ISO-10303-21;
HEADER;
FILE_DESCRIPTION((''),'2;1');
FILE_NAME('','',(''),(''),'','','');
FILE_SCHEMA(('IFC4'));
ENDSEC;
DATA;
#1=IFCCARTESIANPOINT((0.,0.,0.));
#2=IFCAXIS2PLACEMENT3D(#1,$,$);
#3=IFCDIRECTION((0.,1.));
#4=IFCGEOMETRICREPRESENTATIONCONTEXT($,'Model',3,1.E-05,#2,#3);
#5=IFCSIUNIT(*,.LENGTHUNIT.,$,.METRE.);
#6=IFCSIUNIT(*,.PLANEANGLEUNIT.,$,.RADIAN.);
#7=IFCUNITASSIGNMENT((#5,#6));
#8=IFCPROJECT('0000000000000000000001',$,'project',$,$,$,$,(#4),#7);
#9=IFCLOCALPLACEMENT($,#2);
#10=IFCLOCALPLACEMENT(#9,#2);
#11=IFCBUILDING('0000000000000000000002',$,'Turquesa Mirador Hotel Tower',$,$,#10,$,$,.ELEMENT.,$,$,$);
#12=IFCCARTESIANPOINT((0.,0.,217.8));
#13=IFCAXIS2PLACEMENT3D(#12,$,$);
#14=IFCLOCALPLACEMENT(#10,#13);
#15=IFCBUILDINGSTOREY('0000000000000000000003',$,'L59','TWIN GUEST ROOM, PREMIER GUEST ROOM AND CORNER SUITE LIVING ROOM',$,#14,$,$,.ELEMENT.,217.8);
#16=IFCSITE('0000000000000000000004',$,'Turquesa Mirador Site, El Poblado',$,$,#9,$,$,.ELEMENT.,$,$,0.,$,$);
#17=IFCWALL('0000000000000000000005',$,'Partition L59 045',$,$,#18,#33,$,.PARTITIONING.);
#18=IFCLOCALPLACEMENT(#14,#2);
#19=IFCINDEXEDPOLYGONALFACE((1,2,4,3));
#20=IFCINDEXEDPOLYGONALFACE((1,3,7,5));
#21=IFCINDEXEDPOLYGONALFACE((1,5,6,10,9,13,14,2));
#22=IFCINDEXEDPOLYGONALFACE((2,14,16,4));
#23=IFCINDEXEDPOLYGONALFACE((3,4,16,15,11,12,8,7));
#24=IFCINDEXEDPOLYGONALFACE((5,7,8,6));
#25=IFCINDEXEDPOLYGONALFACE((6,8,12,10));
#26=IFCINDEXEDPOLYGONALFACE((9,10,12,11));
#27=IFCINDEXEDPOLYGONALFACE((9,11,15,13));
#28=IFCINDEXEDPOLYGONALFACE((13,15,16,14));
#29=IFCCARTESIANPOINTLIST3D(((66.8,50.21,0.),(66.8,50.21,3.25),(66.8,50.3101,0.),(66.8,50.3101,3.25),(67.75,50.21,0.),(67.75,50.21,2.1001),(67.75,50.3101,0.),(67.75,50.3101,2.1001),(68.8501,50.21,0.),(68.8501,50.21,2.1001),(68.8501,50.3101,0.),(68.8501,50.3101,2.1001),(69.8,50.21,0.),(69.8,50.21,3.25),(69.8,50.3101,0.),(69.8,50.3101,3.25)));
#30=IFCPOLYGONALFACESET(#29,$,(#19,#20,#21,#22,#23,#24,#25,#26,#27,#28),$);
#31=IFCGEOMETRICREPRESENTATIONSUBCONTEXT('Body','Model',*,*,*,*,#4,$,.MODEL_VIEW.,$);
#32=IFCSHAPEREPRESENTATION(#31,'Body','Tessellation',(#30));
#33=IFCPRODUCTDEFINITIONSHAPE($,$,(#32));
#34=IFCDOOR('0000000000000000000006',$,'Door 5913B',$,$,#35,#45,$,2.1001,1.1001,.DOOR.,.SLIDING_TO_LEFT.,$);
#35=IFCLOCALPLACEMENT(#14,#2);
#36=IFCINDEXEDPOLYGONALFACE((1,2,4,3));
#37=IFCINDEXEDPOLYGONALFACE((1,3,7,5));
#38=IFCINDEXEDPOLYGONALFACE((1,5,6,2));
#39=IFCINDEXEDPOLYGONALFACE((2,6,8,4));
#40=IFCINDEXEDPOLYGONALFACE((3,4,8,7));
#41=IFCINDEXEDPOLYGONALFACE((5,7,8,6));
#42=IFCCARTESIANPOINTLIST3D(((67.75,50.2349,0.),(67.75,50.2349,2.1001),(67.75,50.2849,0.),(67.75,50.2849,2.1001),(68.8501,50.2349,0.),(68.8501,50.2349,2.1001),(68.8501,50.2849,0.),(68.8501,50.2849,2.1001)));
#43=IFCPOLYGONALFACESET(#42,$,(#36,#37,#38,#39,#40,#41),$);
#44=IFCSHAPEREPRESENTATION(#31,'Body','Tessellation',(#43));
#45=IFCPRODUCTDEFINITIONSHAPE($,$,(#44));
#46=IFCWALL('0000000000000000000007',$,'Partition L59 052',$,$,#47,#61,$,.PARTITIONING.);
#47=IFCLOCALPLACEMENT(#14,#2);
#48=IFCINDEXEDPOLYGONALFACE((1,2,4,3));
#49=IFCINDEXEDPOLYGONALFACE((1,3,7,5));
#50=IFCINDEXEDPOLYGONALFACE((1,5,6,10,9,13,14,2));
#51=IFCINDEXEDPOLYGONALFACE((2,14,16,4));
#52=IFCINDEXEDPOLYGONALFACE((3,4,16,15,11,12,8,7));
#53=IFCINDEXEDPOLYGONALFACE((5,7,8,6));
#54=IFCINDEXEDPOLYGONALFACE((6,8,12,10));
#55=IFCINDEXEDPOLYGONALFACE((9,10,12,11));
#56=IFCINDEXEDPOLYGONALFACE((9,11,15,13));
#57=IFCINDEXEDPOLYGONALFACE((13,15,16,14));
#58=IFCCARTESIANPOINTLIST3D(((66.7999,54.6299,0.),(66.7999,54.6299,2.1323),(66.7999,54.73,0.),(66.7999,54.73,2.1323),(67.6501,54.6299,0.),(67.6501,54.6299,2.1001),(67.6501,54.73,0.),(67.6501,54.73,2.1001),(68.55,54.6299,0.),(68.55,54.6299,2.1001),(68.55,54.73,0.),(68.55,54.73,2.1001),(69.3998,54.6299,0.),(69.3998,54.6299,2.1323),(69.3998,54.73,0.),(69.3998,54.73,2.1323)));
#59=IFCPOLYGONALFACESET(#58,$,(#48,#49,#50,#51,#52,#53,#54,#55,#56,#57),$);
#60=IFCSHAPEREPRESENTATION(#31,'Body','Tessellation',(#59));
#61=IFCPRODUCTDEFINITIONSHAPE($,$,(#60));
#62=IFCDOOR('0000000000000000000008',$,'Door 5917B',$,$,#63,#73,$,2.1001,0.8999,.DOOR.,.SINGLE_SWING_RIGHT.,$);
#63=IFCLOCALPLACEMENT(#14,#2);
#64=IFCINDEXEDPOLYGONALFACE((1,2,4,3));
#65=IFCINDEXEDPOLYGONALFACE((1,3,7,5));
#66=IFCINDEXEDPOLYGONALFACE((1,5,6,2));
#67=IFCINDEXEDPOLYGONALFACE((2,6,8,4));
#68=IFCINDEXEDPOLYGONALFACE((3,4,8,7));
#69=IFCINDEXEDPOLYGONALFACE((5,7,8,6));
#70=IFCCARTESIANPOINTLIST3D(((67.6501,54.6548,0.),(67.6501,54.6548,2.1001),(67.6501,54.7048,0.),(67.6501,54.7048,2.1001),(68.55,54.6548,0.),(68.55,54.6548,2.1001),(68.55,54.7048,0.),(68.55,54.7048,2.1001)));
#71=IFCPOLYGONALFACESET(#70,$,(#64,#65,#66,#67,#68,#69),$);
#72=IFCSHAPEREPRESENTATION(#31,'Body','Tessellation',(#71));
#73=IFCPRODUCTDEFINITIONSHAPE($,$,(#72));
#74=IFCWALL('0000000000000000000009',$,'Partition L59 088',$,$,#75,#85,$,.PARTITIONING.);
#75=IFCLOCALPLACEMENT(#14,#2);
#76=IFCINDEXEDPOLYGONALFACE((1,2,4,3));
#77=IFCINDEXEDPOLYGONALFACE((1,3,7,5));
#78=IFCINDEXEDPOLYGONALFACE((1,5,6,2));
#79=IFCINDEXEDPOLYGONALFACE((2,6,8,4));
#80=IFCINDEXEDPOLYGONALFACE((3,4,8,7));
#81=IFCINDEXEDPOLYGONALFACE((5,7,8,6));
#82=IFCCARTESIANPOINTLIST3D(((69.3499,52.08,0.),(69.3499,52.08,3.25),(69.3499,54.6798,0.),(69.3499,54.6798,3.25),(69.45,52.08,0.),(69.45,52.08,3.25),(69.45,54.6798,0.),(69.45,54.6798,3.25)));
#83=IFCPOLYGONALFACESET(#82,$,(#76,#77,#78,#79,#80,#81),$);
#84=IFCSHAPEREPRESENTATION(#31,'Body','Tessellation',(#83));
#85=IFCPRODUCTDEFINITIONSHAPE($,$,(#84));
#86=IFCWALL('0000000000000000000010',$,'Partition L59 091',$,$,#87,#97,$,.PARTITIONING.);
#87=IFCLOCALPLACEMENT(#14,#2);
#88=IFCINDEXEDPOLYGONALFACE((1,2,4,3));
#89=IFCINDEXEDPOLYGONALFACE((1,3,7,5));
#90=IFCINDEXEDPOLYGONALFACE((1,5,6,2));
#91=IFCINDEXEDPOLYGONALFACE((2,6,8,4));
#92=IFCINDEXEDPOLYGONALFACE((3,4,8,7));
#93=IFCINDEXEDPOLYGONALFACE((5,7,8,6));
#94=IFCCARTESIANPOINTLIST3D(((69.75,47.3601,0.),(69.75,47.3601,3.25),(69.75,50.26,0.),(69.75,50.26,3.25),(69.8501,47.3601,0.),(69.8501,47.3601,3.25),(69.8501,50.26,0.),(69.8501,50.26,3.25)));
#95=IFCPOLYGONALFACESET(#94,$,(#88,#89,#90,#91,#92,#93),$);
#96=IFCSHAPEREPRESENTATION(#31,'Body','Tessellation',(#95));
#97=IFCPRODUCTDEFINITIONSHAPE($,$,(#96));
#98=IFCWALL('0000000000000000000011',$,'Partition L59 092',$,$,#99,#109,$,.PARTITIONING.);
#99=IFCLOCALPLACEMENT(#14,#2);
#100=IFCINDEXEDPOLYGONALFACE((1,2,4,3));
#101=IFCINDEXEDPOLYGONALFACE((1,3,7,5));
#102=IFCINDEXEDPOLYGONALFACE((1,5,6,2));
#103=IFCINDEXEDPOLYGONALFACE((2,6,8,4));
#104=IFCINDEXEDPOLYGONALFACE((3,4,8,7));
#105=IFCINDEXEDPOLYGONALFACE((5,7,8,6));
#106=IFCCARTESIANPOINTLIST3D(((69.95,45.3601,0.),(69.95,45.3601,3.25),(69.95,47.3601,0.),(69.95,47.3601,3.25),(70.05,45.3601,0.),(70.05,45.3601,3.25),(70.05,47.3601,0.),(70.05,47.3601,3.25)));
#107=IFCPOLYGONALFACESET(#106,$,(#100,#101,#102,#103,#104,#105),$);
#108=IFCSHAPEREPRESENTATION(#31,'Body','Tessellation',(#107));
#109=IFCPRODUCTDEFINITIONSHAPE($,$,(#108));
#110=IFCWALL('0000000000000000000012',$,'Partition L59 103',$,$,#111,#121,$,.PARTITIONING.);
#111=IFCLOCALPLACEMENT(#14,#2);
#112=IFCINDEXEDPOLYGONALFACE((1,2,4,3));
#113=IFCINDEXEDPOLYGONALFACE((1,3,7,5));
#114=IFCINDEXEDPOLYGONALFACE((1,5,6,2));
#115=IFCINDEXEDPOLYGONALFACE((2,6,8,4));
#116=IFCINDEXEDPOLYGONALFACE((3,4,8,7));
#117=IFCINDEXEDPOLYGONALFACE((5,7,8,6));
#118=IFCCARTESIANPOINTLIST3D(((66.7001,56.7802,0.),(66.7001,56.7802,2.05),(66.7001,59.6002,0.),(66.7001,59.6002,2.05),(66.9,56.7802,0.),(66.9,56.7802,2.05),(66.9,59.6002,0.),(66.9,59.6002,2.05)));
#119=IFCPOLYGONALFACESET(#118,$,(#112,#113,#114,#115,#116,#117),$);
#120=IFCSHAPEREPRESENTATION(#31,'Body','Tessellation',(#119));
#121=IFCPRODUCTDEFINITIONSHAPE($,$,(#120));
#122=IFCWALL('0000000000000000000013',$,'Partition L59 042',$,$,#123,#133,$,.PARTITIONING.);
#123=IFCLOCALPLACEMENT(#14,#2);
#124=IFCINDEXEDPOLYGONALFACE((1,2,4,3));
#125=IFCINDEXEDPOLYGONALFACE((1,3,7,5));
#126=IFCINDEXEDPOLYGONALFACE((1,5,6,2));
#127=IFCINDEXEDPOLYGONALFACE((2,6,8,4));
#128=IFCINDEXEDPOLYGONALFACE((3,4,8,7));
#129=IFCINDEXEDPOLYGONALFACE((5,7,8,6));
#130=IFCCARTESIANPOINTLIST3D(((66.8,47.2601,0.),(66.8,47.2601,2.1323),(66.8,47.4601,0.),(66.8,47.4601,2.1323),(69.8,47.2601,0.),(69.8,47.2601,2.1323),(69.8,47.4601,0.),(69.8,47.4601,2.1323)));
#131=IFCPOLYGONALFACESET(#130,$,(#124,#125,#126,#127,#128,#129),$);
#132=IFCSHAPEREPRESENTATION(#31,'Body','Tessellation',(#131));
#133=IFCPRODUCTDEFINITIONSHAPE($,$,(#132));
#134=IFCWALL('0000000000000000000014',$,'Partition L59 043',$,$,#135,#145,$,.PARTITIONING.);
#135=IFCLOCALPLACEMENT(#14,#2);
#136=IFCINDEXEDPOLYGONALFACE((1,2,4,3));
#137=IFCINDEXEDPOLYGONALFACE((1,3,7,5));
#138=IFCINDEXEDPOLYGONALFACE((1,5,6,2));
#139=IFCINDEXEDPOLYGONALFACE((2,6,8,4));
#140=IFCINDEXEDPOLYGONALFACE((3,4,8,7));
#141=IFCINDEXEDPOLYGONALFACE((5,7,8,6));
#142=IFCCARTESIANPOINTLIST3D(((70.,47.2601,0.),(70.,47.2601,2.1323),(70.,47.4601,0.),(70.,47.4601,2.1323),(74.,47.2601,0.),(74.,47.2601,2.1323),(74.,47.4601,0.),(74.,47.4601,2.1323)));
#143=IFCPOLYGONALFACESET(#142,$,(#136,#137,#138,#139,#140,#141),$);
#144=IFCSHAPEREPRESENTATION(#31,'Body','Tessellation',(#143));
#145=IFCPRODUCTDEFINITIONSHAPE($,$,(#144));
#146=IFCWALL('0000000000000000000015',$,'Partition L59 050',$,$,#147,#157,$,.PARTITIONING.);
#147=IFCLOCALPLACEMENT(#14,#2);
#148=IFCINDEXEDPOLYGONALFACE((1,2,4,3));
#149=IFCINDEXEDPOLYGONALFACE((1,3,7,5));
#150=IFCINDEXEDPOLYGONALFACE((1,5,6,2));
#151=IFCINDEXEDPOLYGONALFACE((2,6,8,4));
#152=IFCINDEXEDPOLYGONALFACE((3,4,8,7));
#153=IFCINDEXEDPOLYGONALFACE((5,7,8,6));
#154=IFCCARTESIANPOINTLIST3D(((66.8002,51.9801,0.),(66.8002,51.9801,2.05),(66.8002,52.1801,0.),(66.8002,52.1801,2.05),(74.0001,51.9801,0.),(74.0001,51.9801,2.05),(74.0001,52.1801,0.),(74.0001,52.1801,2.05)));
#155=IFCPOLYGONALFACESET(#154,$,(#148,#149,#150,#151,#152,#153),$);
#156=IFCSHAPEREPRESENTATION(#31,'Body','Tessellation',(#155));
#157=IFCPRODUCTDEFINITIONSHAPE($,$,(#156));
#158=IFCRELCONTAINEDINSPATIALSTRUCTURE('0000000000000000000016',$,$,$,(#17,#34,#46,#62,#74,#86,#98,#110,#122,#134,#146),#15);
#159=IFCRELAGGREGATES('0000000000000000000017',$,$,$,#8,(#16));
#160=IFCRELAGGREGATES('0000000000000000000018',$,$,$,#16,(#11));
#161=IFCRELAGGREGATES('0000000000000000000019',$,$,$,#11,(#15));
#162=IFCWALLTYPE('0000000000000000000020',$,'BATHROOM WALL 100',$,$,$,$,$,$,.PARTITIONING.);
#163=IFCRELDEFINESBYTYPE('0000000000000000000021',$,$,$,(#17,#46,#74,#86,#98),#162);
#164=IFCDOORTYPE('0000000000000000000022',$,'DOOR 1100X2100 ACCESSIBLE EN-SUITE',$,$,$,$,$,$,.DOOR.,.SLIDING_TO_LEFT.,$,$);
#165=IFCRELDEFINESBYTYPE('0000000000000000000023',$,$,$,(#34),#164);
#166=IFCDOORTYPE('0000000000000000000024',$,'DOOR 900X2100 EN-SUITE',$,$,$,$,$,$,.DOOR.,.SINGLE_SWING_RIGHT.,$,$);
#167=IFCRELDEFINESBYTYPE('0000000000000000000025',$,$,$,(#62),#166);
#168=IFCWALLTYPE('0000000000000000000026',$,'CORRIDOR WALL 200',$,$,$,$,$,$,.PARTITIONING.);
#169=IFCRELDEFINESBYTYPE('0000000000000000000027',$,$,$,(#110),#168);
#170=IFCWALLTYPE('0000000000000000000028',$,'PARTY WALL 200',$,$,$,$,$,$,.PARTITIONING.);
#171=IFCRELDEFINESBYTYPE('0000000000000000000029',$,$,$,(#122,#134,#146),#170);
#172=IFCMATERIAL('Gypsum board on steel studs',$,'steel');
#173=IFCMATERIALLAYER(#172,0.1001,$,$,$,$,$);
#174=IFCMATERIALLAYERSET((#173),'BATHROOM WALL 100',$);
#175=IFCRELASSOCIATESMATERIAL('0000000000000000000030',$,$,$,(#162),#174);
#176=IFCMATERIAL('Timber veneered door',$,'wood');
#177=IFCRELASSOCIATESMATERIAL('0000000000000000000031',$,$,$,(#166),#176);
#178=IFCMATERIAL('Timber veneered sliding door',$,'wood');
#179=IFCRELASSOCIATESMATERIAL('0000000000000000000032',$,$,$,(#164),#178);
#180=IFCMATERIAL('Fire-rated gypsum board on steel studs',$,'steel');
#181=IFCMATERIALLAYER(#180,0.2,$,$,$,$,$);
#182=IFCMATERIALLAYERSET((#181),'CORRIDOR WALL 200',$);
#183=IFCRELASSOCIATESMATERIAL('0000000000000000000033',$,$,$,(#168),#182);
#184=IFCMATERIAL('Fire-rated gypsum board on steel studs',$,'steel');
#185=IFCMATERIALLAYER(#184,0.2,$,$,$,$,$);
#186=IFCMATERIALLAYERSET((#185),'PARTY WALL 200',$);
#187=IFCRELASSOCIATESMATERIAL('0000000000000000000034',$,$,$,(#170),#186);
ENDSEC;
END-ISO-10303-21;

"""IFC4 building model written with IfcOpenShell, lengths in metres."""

from ifc_helpers import new_model, si_unit, direction, frame, frame_2d, origin, place, context, subcontext, project, spatial, rectangle, extrude, material, layer, layer_set, type_object, element, fill, save


model = new_model("IFC4")

# Units and contexts
model_context = context("Model", 3, precision=1e-05, world=origin(), true_north=direction((0.0, 1.0)))
body_context = subcontext(model_context, "Body", "Model", "MODEL_VIEW")
ifc_project = project(units=[si_unit("LENGTHUNIT", "METRE"), si_unit("PLANEANGLEUNIT", "RADIAN")], contexts=[model_context])

# Site, building, storey
site_placement = place(None, origin())
site = spatial("IfcSite", under=ifc_project, at=site_placement, Name="Turquesa Mirador Site, El Poblado", CompositionType="ELEMENT", RefElevation=0.0)
building_placement = place(site_placement, origin())
building = spatial("IfcBuilding", under=site, at=building_placement, Name="Turquesa Mirador Hotel Tower", CompositionType="ELEMENT")
storey_placement = place(building_placement, frame((0.0, 0.0, 217.8)))
storey = spatial("IfcBuildingStorey", under=building, at=storey_placement, Name="L59", Description="TWIN GUEST ROOM, PREMIER GUEST ROOM AND CORNER SUITE LIVING ROOM", CompositionType="ELEMENT", Elevation=217.8)

# Walls, openings, doors
ifc_material_1 = material(Name="Gypsum board on steel studs", Category="steel")
ifc_layer_1 = layer(ifc_material_1, 0.1001)
ifc_layer_set_1 = layer_set([ifc_layer_1], Name="BATHROOM WALL 100")
wall_type_1 = type_object("IfcWallType", Name="BATHROOM WALL 100", PredefinedType="PARTITIONING", material=ifc_layer_set_1)
ifc_material_2 = material(Name="Timber veneered door", Category="wood")
door_type_1 = type_object("IfcDoorType", Name="DOOR 900X2100 EN-SUITE", OperationType="SINGLE_SWING_RIGHT", PredefinedType="DOOR", material=ifc_material_2)
wall_1_placement = place(storey_placement, frame((66.8, 50.26, 0.0), z_axis=(0.0, 0.0, 1.0), x_axis=(1.0, 0.0, 0.0)))
wall_1 = element("IfcWall", 1, at=wall_1_placement, inside=storey, type_object=wall_type_1, Name="Partition L59 045", PredefinedType="PARTITIONING", context=body_context, shape_type="SweptSolid", body=[
    extrude(rectangle(XDim=3.0, YDim=0.1001, at=frame_2d((1.5, 0.0))), origin(), (0.0, 0.0, 1.0), 3.25),
])
opening_1_placement = place(wall_1_placement, frame((0.95, 0.0, 0.0)))
opening_1 = element("IfcOpeningElement", 2, at=opening_1_placement, cuts=wall_1, PredefinedType="OPENING", context=body_context, shape_type="SweptSolid", body=[
    extrude(rectangle(XDim=1.1001, YDim=2.1001, at=frame_2d((0.55, 1.05))), frame((0.0, 0.0601, 0.0), z_axis=(0.0, -1.0, 0.0), x_axis=(1.0, 0.0, 0.0)), (0.0, 0.0, 1.0), 0.1201),
])
ifc_material_3 = material(Name="Timber veneered sliding door", Category="wood")
door_type_2 = type_object("IfcDoorType", Name="DOOR 1100X2100 ACCESSIBLE EN-SUITE", OperationType="SLIDING_TO_LEFT", PredefinedType="DOOR", material=ifc_material_3)
door_1_placement = place(opening_1_placement, origin())
door_1 = element("IfcDoor", 3, at=door_1_placement, inside=storey, type_object=door_type_2, Name="Door 5913B", OperationType="SLIDING_TO_LEFT", OverallHeight=2.1001, OverallWidth=1.1001, PredefinedType="DOOR", context=body_context, shape_type="SweptSolid", body=[
    extrude(rectangle(XDim=1.1001, YDim=2.1001, at=frame_2d((0.55, 1.05))), frame((0.0, 0.0249, 0.0), z_axis=(0.0, -1.0, 0.0), x_axis=(1.0, 0.0, 0.0)), (0.0, 0.0, 1.0), 0.05),
])
fill(opening_1, door_1)
wall_2_placement = place(storey_placement, frame((66.8, 54.6799, 0.0), z_axis=(0.0, 0.0, 1.0), x_axis=(1.0, 0.0, 0.0)))
wall_2 = element("IfcWall", 4, at=wall_2_placement, inside=storey, type_object=wall_type_1, Name="Partition L59 052", PredefinedType="PARTITIONING", context=body_context, shape_type="SweptSolid", body=[
    extrude(rectangle(XDim=2.5999, YDim=0.1001, at=frame_2d((1.2998, 0.0))), origin(), (0.0, 0.0, 1.0), 2.1323),
])
opening_2_placement = place(wall_2_placement, frame((0.8501, 0.0, 0.0)))
opening_2 = element("IfcOpeningElement", 5, at=opening_2_placement, cuts=wall_2, PredefinedType="OPENING", context=body_context, shape_type="SweptSolid", body=[
    extrude(rectangle(XDim=0.8999, YDim=2.1001, at=frame_2d((0.45, 1.05))), frame((0.0, 0.0601, 0.0), z_axis=(0.0, -1.0, 0.0), x_axis=(1.0, 0.0, 0.0)), (0.0, 0.0, 1.0), 0.1201),
])
door_2_placement = place(opening_2_placement, origin())
door_2 = element("IfcDoor", 6, at=door_2_placement, inside=storey, type_object=door_type_1, Name="Door 5917B", OperationType="SINGLE_SWING_RIGHT", OverallHeight=2.1001, OverallWidth=0.8999, PredefinedType="DOOR", context=body_context, shape_type="SweptSolid", body=[
    extrude(rectangle(XDim=0.8999, YDim=2.1001, at=frame_2d((0.45, 1.05))), frame((0.0, 0.0249, 0.0), z_axis=(0.0, -1.0, 0.0), x_axis=(1.0, 0.0, 0.0)), (0.0, 0.0, 1.0), 0.05),
])
fill(opening_2, door_2)

# Walls
wall_3_placement = place(storey_placement, frame((69.3999, 52.0801, 0.0), z_axis=(0.0, 0.0, 1.0), x_axis=(0.0, 1.0, 0.0)))
element("IfcWall", 7, at=wall_3_placement, inside=storey, type_object=wall_type_1, Name="Partition L59 088", PredefinedType="PARTITIONING", context=body_context, shape_type="SweptSolid", body=[
    extrude(rectangle(XDim=2.5999, YDim=0.1001, at=frame_2d((1.2998, 0.0))), origin(), (0.0, 0.0, 1.0), 3.25),
])
wall_4_placement = place(storey_placement, frame((69.8, 47.3601, 0.0), z_axis=(0.0, 0.0, 1.0), x_axis=(0.0, 1.0, 0.0)))
element("IfcWall", 8, at=wall_4_placement, inside=storey, type_object=wall_type_1, Name="Partition L59 091", PredefinedType="PARTITIONING", context=body_context, shape_type="SweptSolid", body=[
    extrude(rectangle(XDim=2.8999, YDim=0.1001, at=frame_2d((1.45, 0.0))), origin(), (0.0, 0.0, 1.0), 3.25),
])
wall_5_placement = place(storey_placement, frame((70.0, 45.3601, 0.0), z_axis=(0.0, 0.0, 1.0), x_axis=(0.0, 1.0, 0.0)))
element("IfcWall", 9, at=wall_5_placement, inside=storey, type_object=wall_type_1, Name="Partition L59 092", PredefinedType="PARTITIONING", context=body_context, shape_type="SweptSolid", body=[
    extrude(rectangle(XDim=2.0, YDim=0.1001, at=frame_2d((1.0, 0.0))), origin(), (0.0, 0.0, 1.0), 3.25),
])
ifc_material_4 = material(Name="Fire-rated gypsum board on steel studs", Category="steel")
ifc_layer_2 = layer(ifc_material_4, 0.2)
ifc_layer_set_2 = layer_set([ifc_layer_2], Name="CORRIDOR WALL 200")
wall_type_2 = type_object("IfcWallType", Name="CORRIDOR WALL 200", PredefinedType="PARTITIONING", material=ifc_layer_set_2)
wall_6_placement = place(storey_placement, frame((66.8, 56.78, 0.0), z_axis=(0.0, 0.0, 1.0), x_axis=(0.0, 1.0, 0.0)))
element("IfcWall", 10, at=wall_6_placement, inside=storey, type_object=wall_type_2, Name="Partition L59 103", PredefinedType="PARTITIONING", context=body_context, shape_type="SweptSolid", body=[
    extrude(rectangle(XDim=2.8201, YDim=0.2, at=frame_2d((1.4102, 0.0))), origin(), (0.0, 0.0, 1.0), 2.05),
])
ifc_material_5 = material(Name="Fire-rated gypsum board on steel studs", Category="steel")
ifc_layer_3 = layer(ifc_material_5, 0.2)
ifc_layer_set_3 = layer_set([ifc_layer_3], Name="PARTY WALL 200")
wall_type_3 = type_object("IfcWallType", Name="PARTY WALL 200", PredefinedType="PARTITIONING", material=ifc_layer_set_3)
wall_7_placement = place(storey_placement, frame((66.8, 47.3601, 0.0), z_axis=(0.0, 0.0, 1.0), x_axis=(1.0, 0.0, 0.0)))
element("IfcWall", 11, at=wall_7_placement, inside=storey, type_object=wall_type_3, Name="Partition L59 042", PredefinedType="PARTITIONING", context=body_context, shape_type="SweptSolid", body=[
    extrude(rectangle(XDim=3.0, YDim=0.2, at=frame_2d((1.5, 0.0))), origin(), (0.0, 0.0, 1.0), 2.1323),
])
wall_8_placement = place(storey_placement, frame((70.0, 47.3601, 0.0), z_axis=(0.0, 0.0, 1.0), x_axis=(1.0, 0.0, 0.0)))
element("IfcWall", 12, at=wall_8_placement, inside=storey, type_object=wall_type_3, Name="Partition L59 043", PredefinedType="PARTITIONING", context=body_context, shape_type="SweptSolid", body=[
    extrude(rectangle(XDim=4.0, YDim=0.2, at=frame_2d((2.0, 0.0))), origin(), (0.0, 0.0, 1.0), 2.1323),
])
wall_9_placement = place(storey_placement, frame((66.8, 52.0801, 0.0), z_axis=(0.0, 0.0, 1.0), x_axis=(1.0, 0.0, 0.0)))
element("IfcWall", 13, at=wall_9_placement, inside=storey, type_object=wall_type_3, Name="Partition L59 050", PredefinedType="PARTITIONING", context=body_context, shape_type="SweptSolid", body=[
    extrude(rectangle(XDim=7.2, YDim=0.2, at=frame_2d((3.6001, 0.0))), origin(), (0.0, 0.0, 1.0), 2.05),
])

save(model, "model.ifc")
